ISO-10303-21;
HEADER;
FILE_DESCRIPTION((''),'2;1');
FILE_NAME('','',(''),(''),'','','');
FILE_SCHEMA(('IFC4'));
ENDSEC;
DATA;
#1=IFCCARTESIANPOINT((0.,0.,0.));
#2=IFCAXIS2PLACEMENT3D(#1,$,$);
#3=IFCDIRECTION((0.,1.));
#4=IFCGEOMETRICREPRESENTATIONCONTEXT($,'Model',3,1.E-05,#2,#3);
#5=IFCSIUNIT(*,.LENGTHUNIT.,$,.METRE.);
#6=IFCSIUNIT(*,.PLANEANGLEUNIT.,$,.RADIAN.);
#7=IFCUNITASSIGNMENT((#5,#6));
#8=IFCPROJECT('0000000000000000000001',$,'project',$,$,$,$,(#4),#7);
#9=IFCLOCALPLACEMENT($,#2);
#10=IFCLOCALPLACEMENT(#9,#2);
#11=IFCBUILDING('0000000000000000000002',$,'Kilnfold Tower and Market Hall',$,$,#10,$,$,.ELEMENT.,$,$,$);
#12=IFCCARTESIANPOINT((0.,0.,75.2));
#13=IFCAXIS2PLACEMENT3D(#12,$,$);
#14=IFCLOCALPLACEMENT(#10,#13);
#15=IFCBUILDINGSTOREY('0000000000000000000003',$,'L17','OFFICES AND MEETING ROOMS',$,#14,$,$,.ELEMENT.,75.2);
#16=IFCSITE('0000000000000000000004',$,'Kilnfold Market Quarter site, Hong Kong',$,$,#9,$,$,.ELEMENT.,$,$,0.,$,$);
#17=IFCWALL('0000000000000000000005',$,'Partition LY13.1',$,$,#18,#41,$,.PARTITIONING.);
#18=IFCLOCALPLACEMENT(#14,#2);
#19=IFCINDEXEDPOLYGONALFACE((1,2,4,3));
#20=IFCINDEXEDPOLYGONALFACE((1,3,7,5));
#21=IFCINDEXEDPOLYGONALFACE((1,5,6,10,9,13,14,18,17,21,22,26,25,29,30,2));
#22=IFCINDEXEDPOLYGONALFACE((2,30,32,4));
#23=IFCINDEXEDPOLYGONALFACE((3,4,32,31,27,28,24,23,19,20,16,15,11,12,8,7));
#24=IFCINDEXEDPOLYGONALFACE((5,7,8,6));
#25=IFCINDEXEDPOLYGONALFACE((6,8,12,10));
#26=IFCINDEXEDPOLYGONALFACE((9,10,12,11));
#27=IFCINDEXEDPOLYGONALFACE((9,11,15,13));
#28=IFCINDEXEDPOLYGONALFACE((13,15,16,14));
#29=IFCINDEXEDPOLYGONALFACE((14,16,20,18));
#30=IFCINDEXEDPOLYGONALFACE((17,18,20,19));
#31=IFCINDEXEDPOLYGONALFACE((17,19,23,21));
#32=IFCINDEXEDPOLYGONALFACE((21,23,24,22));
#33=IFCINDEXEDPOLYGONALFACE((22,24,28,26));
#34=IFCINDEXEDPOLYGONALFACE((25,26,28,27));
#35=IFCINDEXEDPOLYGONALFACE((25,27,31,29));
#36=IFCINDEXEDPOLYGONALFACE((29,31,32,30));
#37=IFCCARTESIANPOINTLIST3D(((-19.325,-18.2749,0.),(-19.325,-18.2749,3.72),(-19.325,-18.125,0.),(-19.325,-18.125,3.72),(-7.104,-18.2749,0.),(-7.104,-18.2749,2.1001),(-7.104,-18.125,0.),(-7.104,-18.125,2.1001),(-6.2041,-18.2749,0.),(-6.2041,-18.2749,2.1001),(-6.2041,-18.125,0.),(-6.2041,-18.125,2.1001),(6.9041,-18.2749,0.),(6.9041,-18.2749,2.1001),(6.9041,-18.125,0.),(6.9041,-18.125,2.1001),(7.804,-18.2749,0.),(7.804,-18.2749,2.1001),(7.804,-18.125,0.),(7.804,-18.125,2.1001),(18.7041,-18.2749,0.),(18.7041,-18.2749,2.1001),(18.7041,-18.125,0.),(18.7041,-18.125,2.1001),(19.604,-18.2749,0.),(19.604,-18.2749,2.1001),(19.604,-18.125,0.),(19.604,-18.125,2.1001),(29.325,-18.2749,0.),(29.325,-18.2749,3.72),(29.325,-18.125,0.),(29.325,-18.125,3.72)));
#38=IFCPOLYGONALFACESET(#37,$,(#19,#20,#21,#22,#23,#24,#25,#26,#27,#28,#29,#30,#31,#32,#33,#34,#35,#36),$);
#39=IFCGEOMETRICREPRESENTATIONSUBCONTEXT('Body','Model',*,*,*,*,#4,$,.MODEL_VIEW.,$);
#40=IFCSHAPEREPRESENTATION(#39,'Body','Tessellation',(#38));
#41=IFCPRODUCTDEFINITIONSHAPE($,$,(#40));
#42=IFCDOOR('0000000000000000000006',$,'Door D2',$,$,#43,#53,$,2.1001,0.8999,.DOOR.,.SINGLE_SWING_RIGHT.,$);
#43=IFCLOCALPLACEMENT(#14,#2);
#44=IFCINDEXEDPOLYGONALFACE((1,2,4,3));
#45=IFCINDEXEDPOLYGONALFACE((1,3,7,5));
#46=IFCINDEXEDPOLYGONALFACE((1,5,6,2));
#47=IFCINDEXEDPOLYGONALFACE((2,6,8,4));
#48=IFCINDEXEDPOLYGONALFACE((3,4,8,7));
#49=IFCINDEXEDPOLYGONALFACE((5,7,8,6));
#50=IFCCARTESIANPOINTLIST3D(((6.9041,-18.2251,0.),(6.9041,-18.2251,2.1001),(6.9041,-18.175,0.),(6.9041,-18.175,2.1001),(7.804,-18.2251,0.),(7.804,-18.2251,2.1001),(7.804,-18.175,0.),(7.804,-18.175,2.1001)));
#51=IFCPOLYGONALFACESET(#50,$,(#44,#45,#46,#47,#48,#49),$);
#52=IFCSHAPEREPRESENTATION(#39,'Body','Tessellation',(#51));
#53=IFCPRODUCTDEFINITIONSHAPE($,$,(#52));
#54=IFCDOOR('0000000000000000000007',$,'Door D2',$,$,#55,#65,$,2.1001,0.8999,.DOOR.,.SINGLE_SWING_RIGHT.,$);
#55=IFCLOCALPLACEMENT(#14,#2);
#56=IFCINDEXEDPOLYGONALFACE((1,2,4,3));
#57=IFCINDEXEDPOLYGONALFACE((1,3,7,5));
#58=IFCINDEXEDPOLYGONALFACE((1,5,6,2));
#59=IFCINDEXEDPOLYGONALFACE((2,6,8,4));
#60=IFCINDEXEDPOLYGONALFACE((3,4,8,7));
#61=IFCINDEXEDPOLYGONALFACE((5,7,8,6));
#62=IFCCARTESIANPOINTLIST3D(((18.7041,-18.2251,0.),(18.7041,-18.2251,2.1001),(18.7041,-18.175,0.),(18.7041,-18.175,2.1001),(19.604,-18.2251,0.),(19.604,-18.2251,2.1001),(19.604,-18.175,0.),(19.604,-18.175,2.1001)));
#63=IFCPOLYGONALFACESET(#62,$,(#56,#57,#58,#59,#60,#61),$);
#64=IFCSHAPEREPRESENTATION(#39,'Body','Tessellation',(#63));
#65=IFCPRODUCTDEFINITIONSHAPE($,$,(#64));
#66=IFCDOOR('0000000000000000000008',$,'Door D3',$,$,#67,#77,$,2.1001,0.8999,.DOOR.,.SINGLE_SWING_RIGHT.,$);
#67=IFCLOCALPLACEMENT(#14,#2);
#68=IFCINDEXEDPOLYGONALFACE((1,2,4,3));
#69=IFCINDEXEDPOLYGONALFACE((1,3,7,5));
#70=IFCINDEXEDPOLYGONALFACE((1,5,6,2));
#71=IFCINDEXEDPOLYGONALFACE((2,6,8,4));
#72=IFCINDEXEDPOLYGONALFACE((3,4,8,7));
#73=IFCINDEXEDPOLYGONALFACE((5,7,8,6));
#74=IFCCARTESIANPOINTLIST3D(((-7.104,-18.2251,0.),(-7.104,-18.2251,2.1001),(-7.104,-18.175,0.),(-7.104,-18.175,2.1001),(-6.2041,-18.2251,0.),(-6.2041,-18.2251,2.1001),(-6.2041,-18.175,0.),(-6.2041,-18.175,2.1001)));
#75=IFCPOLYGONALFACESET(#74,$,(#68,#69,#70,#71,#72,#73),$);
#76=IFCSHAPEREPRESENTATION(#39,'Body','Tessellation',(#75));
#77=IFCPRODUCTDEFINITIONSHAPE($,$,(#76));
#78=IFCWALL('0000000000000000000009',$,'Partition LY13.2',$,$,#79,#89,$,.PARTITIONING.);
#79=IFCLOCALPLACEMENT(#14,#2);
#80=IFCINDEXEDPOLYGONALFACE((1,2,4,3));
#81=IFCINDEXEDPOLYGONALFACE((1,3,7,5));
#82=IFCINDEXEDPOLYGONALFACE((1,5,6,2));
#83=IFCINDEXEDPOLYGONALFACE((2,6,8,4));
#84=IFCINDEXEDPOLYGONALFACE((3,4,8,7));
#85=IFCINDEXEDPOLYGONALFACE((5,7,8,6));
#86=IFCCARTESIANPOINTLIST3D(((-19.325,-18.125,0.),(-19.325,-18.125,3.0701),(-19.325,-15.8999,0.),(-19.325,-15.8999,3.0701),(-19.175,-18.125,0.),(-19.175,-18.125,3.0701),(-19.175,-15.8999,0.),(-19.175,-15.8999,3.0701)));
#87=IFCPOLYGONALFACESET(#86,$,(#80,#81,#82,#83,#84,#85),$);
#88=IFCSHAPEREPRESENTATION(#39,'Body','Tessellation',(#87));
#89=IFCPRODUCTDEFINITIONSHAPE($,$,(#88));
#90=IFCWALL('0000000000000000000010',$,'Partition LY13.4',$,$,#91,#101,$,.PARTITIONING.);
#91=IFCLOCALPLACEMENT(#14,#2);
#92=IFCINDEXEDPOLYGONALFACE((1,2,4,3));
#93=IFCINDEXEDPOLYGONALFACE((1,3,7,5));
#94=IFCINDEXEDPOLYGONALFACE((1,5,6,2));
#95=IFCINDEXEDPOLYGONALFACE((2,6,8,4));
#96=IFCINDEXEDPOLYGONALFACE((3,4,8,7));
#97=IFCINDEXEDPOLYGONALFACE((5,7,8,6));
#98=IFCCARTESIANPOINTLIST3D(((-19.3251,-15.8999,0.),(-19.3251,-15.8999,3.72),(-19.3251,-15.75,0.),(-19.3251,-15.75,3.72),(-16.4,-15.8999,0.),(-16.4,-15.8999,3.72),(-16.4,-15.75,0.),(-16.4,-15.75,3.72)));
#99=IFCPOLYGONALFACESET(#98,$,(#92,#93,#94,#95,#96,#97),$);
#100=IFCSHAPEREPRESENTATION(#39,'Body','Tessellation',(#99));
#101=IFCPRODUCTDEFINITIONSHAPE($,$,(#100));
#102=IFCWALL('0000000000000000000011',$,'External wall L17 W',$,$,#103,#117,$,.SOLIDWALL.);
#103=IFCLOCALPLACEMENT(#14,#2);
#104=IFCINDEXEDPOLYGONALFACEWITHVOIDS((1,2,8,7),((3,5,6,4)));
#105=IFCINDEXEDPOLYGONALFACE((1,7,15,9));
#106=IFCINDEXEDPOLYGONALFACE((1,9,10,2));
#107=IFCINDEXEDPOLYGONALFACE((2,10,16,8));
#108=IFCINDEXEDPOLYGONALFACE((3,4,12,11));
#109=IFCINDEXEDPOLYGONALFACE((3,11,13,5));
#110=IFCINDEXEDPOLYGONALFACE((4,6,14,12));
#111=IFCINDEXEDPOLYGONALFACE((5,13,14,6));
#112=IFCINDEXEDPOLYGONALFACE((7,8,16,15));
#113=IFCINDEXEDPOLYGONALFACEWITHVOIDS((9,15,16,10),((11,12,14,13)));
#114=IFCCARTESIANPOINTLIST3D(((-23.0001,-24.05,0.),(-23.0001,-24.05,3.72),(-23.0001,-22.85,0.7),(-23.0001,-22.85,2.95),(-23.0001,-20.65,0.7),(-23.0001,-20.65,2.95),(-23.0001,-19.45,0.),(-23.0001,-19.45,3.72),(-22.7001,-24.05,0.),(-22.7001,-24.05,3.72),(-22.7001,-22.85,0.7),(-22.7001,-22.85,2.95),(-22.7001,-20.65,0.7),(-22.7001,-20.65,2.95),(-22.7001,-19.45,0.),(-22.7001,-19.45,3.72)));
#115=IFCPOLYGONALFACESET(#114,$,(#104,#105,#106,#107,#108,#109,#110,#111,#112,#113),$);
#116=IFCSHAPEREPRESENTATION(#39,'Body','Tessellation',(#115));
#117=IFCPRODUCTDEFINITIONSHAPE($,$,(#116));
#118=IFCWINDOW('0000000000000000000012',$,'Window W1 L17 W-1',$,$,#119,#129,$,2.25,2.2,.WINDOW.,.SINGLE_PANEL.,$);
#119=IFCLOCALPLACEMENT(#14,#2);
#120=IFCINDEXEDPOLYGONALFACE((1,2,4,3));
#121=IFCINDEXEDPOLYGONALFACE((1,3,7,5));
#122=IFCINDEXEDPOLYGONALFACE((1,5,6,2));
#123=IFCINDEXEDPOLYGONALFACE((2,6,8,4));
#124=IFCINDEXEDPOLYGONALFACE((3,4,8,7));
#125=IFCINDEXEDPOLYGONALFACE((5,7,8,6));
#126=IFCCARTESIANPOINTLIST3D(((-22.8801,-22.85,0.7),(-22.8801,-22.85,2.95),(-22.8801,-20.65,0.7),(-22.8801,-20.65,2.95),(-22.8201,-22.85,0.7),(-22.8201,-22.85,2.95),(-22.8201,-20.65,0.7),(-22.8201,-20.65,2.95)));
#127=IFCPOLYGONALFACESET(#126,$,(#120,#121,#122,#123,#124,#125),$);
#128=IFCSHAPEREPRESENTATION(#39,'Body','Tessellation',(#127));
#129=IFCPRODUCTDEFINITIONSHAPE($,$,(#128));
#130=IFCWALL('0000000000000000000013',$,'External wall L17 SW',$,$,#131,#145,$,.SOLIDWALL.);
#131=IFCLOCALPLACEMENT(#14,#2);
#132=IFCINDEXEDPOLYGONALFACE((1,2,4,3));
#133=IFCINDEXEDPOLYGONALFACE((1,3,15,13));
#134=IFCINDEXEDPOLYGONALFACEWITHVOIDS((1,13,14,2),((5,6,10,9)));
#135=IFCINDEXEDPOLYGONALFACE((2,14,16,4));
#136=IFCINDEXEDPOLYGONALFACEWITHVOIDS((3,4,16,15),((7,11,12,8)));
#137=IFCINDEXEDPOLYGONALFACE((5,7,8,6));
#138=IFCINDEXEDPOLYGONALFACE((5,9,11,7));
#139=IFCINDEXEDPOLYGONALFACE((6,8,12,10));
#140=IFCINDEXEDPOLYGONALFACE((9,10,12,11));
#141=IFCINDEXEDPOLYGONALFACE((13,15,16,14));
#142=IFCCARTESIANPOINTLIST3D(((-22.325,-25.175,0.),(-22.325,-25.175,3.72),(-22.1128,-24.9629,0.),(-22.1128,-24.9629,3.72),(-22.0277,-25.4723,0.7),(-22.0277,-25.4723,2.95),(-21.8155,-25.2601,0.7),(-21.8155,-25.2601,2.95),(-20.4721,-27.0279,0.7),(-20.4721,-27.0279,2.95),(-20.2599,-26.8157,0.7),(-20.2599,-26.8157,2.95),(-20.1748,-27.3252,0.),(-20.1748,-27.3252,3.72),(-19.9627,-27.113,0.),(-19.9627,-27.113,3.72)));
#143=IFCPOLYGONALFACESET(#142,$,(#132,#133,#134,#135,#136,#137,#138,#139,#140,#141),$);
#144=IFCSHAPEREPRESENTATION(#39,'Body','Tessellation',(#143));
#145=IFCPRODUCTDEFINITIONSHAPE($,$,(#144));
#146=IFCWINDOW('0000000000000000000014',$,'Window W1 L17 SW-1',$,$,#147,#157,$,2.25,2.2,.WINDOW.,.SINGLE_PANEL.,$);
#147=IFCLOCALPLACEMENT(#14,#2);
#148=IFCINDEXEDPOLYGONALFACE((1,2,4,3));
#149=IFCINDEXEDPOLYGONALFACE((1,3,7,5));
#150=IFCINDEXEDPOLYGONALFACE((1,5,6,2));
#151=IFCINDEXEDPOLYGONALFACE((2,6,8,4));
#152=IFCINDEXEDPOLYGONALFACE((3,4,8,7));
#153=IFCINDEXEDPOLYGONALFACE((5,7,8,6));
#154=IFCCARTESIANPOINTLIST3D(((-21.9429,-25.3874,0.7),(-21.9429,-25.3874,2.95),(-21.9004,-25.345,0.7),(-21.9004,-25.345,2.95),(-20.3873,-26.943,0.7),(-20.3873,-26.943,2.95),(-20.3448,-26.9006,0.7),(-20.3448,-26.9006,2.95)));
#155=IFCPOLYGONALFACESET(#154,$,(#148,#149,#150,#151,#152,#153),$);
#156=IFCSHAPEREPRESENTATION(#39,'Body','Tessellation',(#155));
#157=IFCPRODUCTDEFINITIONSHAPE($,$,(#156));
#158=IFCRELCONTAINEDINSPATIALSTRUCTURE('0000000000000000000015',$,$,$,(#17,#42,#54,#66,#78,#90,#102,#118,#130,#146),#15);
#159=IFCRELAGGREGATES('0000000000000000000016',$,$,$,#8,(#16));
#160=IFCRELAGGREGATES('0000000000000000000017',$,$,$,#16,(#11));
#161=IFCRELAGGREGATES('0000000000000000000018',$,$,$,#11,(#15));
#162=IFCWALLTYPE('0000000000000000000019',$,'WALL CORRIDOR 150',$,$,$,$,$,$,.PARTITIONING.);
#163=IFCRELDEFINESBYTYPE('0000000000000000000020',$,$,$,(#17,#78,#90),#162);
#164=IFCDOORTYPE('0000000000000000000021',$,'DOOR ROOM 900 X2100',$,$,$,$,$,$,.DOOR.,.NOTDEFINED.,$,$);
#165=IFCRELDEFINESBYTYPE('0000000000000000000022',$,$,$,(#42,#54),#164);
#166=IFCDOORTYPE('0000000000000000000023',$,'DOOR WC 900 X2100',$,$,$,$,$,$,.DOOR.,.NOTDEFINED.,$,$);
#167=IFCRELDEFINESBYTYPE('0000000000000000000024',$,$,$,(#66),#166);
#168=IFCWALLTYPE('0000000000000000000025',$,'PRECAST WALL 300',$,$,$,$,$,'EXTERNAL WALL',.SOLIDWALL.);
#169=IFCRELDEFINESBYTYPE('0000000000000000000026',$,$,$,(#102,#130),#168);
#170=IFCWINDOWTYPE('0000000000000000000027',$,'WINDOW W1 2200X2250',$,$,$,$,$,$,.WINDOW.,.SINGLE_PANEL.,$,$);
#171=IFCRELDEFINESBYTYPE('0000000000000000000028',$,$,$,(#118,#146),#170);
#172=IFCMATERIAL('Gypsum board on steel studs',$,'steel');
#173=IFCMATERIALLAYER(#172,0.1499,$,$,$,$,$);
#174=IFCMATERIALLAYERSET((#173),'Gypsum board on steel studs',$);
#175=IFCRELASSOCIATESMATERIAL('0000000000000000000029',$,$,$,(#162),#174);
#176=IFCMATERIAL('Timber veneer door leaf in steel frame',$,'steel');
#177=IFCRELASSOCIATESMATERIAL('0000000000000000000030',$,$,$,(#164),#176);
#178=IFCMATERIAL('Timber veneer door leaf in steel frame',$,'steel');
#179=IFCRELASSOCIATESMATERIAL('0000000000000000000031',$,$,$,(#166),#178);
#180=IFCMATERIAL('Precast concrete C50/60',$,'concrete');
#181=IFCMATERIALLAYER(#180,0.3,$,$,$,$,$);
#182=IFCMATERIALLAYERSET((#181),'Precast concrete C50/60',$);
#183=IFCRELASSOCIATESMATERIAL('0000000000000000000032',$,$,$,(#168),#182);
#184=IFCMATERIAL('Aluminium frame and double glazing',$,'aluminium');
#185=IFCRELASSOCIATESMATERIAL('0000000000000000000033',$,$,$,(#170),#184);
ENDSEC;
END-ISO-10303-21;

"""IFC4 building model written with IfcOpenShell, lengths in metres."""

from ifc_helpers import new_model, si_unit, direction, frame, frame_2d, origin, place, context, subcontext, project, spatial, rectangle, extrude, source, transform, mapped, material, layer, layer_set, type_object, element, fill, save


model = new_model("IFC4")

# Units and contexts
model_context = context("Model", 3, precision=1e-05, world=origin(), true_north=direction((0.0, 1.0)))
body_context = subcontext(model_context, "Body", "Model", "MODEL_VIEW")
ifc_project = project(units=[si_unit("LENGTHUNIT", "METRE"), si_unit("PLANEANGLEUNIT", "RADIAN")], contexts=[model_context])

# Site, building, storey
site_placement = place(None, origin())
site = spatial("IfcSite", under=ifc_project, at=site_placement, Name="Kilnfold Market Quarter site, Hong Kong", CompositionType="ELEMENT", RefElevation=0.0)
building_placement = place(site_placement, origin())
building = spatial("IfcBuilding", under=site, at=building_placement, Name="Kilnfold Tower and Market Hall", CompositionType="ELEMENT")
storey_placement = place(building_placement, frame((0.0, 0.0, 75.2)))
storey = spatial("IfcBuildingStorey", under=building, at=storey_placement, Name="L17", Description="OFFICES AND MEETING ROOMS", CompositionType="ELEMENT", Elevation=75.2)

# Wall, openings, doors
ifc_material_1 = material(Name="Gypsum board on steel studs", Category="steel")
ifc_layer_1 = layer(ifc_material_1, 0.1499)
ifc_layer_set_1 = layer_set([ifc_layer_1], Name="Gypsum board on steel studs")
wall_type_1 = type_object("IfcWallType", Name="WALL CORRIDOR 150", PredefinedType="PARTITIONING", material=ifc_layer_set_1)
wall_1_placement = place(storey_placement, frame((-19.325, -18.2, 0.0), z_axis=(0.0, 0.0, 1.0), x_axis=(1.0, 0.0, 0.0)))
wall_1 = element("IfcWall", 1, at=wall_1_placement, inside=storey, type_object=wall_type_1, Name="Partition LY13.1", PredefinedType="PARTITIONING", context=body_context, shape_type="SweptSolid", body=[
    extrude(rectangle(XDim=48.6499, YDim=0.1499, at=frame_2d((24.325, 0.0))), origin(), (0.0, 0.0, 1.0), 3.72),
])
opening_1_placement = place(wall_1_placement, frame((12.2209, 0.0, 0.0)))
opening_1 = element("IfcOpeningElement", 2, at=opening_1_placement, cuts=wall_1, PredefinedType="OPENING", context=body_context, shape_type="SweptSolid", body=[
    extrude(rectangle(XDim=0.8999, YDim=2.1001, at=frame_2d((0.45, 1.05))), frame((0.0, 0.085, 0.0), z_axis=(0.0, -1.0, 0.0), x_axis=(1.0, 0.0, 0.0)), (0.0, 0.0, 1.0), 0.1699),
])
opening_2_placement = place(wall_1_placement, frame((26.229, 0.0, 0.0)))
opening_2 = element("IfcOpeningElement", 3, at=opening_2_placement, cuts=wall_1, PredefinedType="OPENING", context=body_context, shape_type="SweptSolid", body=[
    extrude(rectangle(XDim=0.8999, YDim=2.1001, at=frame_2d((0.45, 1.05))), frame((0.0, 0.085, 0.0), z_axis=(0.0, -1.0, 0.0), x_axis=(1.0, 0.0, 0.0)), (0.0, 0.0, 1.0), 0.1699),
])
opening_3_placement = place(wall_1_placement, frame((38.0291, 0.0, 0.0)))
opening_3 = element("IfcOpeningElement", 4, at=opening_3_placement, cuts=wall_1, PredefinedType="OPENING", context=body_context, shape_type="SweptSolid", body=[
    extrude(rectangle(XDim=0.8999, YDim=2.1001, at=frame_2d((0.45, 1.05))), frame((0.0, 0.085, 0.0), z_axis=(0.0, -1.0, 0.0), x_axis=(1.0, 0.0, 0.0)), (0.0, 0.0, 1.0), 0.1699),
])
ifc_material_2 = material(Name="Timber veneer door leaf in steel frame", Category="steel")
door_type_1 = type_object("IfcDoorType", Name="DOOR ROOM 900 X2100", OperationType="NOTDEFINED", PredefinedType="DOOR", material=ifc_material_2)
door_1_placement = place(opening_2_placement, origin())
door_1 = element("IfcDoor", 5, at=door_1_placement, inside=storey, type_object=door_type_1, Name="Door D2", OperationType="SINGLE_SWING_RIGHT", OverallHeight=2.1001, OverallWidth=0.8999, PredefinedType="DOOR", context=body_context, shape_type="SweptSolid", body=[
    extrude(rectangle(XDim=0.8999, YDim=2.1001, at=frame_2d((0.45, 1.05))), frame((0.0, 0.0249, 0.0), z_axis=(0.0, -1.0, 0.0), x_axis=(1.0, 0.0, 0.0)), (0.0, 0.0, 1.0), 0.05),
])
fill(opening_2, door_1)
door_2_placement = place(opening_3_placement, origin())
door_2 = element("IfcDoor", 6, at=door_2_placement, inside=storey, type_object=door_type_1, Name="Door D2", OperationType="SINGLE_SWING_RIGHT", OverallHeight=2.1001, OverallWidth=0.8999, PredefinedType="DOOR", context=body_context, shape_type="SweptSolid", body=[
    extrude(rectangle(XDim=0.8999, YDim=2.1001, at=frame_2d((0.45, 1.05))), frame((0.0, 0.0249, 0.0), z_axis=(0.0, -1.0, 0.0), x_axis=(1.0, 0.0, 0.0)), (0.0, 0.0, 1.0), 0.05),
])
fill(opening_3, door_2)
ifc_material_3 = material(Name="Timber veneer door leaf in steel frame", Category="steel")
door_type_2 = type_object("IfcDoorType", Name="DOOR WC 900 X2100", OperationType="NOTDEFINED", PredefinedType="DOOR", material=ifc_material_3)
door_3_placement = place(opening_1_placement, origin())
door_3 = element("IfcDoor", 7, at=door_3_placement, inside=storey, type_object=door_type_2, Name="Door D3", OperationType="SINGLE_SWING_RIGHT", OverallHeight=2.1001, OverallWidth=0.8999, PredefinedType="DOOR", context=body_context, shape_type="SweptSolid", body=[
    extrude(rectangle(XDim=0.8999, YDim=2.1001, at=frame_2d((0.45, 1.05))), frame((0.0, 0.0249, 0.0), z_axis=(0.0, -1.0, 0.0), x_axis=(1.0, 0.0, 0.0)), (0.0, 0.0, 1.0), 0.05),
])
fill(opening_1, door_3)

# Walls
wall_2_placement = place(storey_placement, frame((-19.25, -18.125, 0.0), z_axis=(0.0, 0.0, 1.0), x_axis=(0.0, 1.0, 0.0)))
element("IfcWall", 8, at=wall_2_placement, inside=storey, type_object=wall_type_1, Name="Partition LY13.2", PredefinedType="PARTITIONING", context=body_context, shape_type="SweptSolid", body=[
    extrude(rectangle(XDim=2.2251, YDim=0.1499, at=frame_2d((1.1125, 0.0))), origin(), (0.0, 0.0, 1.0), 3.0701),
])
wall_3_placement = place(storey_placement, frame((-19.325, -15.825, 0.0), z_axis=(0.0, 0.0, 1.0), x_axis=(1.0, 0.0, 0.0)))
element("IfcWall", 9, at=wall_3_placement, inside=storey, type_object=wall_type_1, Name="Partition LY13.4", PredefinedType="PARTITIONING", context=body_context, shape_type="SweptSolid", body=[
    extrude(rectangle(XDim=2.925, YDim=0.1499, at=frame_2d((1.4624, 0.0))), origin(), (0.0, 0.0, 1.0), 3.72),
])

# Walls, openings, windows
ifc_material_4 = material(Name="Precast concrete C50/60", Category="concrete")
ifc_layer_2 = layer(ifc_material_4, 0.3)
ifc_layer_set_2 = layer_set([ifc_layer_2], Name="Precast concrete C50/60")
wall_type_2 = type_object("IfcWallType", Name="PRECAST WALL 300", ElementType="EXTERNAL WALL", PredefinedType="SOLIDWALL", material=ifc_layer_set_2)
shared_shape_1 = source(origin(), body_context, "Body", "SweptSolid", [
    extrude(rectangle(XDim=4.6001, YDim=0.3, at=frame_2d((2.3, 0.0))), origin(), (0.0, 0.0, 1.0), 3.72),
])
wall_4_placement = place(storey_placement, frame((-22.8501, -19.45, 0.0), z_axis=(0.0, 0.0, 1.0), x_axis=(0.0, -1.0, 0.0)))
wall_4 = element("IfcWall", 10, at=wall_4_placement, inside=storey, type_object=wall_type_2, Name="External wall L17 W", PredefinedType="SOLIDWALL", context=body_context, shape_type="MappedRepresentation", body=[
    mapped(shared_shape_1, transform((0.0, 0.0, 0.0))),
])
opening_4_placement = place(wall_4_placement, frame((1.2, 0.0, 0.7)))
opening_4 = element("IfcOpeningElement", 11, at=opening_4_placement, cuts=wall_4, PredefinedType="OPENING", context=body_context, shape_type="SweptSolid", body=[
    extrude(rectangle(XDim=2.2, YDim=2.25, at=frame_2d((1.1001, 1.125))), frame((0.0, 0.1602, 0.0), z_axis=(0.0, -1.0, 0.0), x_axis=(1.0, 0.0, 0.0)), (0.0, 0.0, 1.0), 0.3201),
])
ifc_material_5 = material(Name="Aluminium frame and double glazing", Category="aluminium")
window_type = type_object("IfcWindowType", Name="WINDOW W1 2200X2250", PartitioningType="SINGLE_PANEL", PredefinedType="WINDOW", material=ifc_material_5)
window_1_placement = place(opening_4_placement, origin())
window_1 = element("IfcWindow", 12, at=window_1_placement, inside=storey, type_object=window_type, Name="Window W1 L17 W-1", OverallHeight=2.25, OverallWidth=2.2, PartitioningType="SINGLE_PANEL", PredefinedType="WINDOW", context=body_context, shape_type="SweptSolid", body=[
    extrude(rectangle(XDim=2.2, YDim=2.25, at=frame_2d((1.1001, 1.125))), frame((0.0, 0.03, 0.0), z_axis=(0.0, -1.0, 0.0), x_axis=(1.0, 0.0, 0.0)), (0.0, 0.0, 1.0), 0.0601),
])
fill(opening_4, window_1)
shared_shape_2 = source(origin(), body_context, "Body", "SweptSolid", [
    extrude(rectangle(XDim=3.0408, YDim=0.3, at=frame_2d((1.5205, 0.0))), origin(), (0.0, 0.0, 1.0), 3.72),
])
wall_5_placement = place(storey_placement, frame((-22.219, -25.0688, 0.0), z_axis=(0.0, 0.0, 1.0), x_axis=(0.707107, -0.707107, 0.0)))
wall_5 = element("IfcWall", 13, at=wall_5_placement, inside=storey, type_object=wall_type_2, Name="External wall L17 SW", PredefinedType="SOLIDWALL", context=body_context, shape_type="MappedRepresentation", body=[
    mapped(shared_shape_2, transform((0.0, 0.0, 0.0))),
])
opening_5_placement = place(wall_5_placement, frame((0.4204, 0.0, 0.7)))
opening_5 = element("IfcOpeningElement", 14, at=opening_5_placement, cuts=wall_5, PredefinedType="OPENING", context=body_context, shape_type="SweptSolid", body=[
    extrude(rectangle(XDim=2.2, YDim=2.25, at=frame_2d((1.1001, 1.125))), frame((0.0, 0.1602, 0.0), z_axis=(0.0, -1.0, 0.0), x_axis=(1.0, 0.0, 0.0)), (0.0, 0.0, 1.0), 0.3201),
])
window_2_placement = place(opening_5_placement, origin())
window_2 = element("IfcWindow", 15, at=window_2_placement, inside=storey, type_object=window_type, Name="Window W1 L17 SW-1", OverallHeight=2.25, OverallWidth=2.2, PartitioningType="SINGLE_PANEL", PredefinedType="WINDOW", context=body_context, shape_type="SweptSolid", body=[
    extrude(rectangle(XDim=2.2, YDim=2.25, at=frame_2d((1.1001, 1.125))), frame((0.0, 0.03, 0.0), z_axis=(0.0, -1.0, 0.0), x_axis=(1.0, 0.0, 0.0)), (0.0, 0.0, 1.0), 0.0601),
])
fill(opening_5, window_2)

save(model, "model.ifc")
